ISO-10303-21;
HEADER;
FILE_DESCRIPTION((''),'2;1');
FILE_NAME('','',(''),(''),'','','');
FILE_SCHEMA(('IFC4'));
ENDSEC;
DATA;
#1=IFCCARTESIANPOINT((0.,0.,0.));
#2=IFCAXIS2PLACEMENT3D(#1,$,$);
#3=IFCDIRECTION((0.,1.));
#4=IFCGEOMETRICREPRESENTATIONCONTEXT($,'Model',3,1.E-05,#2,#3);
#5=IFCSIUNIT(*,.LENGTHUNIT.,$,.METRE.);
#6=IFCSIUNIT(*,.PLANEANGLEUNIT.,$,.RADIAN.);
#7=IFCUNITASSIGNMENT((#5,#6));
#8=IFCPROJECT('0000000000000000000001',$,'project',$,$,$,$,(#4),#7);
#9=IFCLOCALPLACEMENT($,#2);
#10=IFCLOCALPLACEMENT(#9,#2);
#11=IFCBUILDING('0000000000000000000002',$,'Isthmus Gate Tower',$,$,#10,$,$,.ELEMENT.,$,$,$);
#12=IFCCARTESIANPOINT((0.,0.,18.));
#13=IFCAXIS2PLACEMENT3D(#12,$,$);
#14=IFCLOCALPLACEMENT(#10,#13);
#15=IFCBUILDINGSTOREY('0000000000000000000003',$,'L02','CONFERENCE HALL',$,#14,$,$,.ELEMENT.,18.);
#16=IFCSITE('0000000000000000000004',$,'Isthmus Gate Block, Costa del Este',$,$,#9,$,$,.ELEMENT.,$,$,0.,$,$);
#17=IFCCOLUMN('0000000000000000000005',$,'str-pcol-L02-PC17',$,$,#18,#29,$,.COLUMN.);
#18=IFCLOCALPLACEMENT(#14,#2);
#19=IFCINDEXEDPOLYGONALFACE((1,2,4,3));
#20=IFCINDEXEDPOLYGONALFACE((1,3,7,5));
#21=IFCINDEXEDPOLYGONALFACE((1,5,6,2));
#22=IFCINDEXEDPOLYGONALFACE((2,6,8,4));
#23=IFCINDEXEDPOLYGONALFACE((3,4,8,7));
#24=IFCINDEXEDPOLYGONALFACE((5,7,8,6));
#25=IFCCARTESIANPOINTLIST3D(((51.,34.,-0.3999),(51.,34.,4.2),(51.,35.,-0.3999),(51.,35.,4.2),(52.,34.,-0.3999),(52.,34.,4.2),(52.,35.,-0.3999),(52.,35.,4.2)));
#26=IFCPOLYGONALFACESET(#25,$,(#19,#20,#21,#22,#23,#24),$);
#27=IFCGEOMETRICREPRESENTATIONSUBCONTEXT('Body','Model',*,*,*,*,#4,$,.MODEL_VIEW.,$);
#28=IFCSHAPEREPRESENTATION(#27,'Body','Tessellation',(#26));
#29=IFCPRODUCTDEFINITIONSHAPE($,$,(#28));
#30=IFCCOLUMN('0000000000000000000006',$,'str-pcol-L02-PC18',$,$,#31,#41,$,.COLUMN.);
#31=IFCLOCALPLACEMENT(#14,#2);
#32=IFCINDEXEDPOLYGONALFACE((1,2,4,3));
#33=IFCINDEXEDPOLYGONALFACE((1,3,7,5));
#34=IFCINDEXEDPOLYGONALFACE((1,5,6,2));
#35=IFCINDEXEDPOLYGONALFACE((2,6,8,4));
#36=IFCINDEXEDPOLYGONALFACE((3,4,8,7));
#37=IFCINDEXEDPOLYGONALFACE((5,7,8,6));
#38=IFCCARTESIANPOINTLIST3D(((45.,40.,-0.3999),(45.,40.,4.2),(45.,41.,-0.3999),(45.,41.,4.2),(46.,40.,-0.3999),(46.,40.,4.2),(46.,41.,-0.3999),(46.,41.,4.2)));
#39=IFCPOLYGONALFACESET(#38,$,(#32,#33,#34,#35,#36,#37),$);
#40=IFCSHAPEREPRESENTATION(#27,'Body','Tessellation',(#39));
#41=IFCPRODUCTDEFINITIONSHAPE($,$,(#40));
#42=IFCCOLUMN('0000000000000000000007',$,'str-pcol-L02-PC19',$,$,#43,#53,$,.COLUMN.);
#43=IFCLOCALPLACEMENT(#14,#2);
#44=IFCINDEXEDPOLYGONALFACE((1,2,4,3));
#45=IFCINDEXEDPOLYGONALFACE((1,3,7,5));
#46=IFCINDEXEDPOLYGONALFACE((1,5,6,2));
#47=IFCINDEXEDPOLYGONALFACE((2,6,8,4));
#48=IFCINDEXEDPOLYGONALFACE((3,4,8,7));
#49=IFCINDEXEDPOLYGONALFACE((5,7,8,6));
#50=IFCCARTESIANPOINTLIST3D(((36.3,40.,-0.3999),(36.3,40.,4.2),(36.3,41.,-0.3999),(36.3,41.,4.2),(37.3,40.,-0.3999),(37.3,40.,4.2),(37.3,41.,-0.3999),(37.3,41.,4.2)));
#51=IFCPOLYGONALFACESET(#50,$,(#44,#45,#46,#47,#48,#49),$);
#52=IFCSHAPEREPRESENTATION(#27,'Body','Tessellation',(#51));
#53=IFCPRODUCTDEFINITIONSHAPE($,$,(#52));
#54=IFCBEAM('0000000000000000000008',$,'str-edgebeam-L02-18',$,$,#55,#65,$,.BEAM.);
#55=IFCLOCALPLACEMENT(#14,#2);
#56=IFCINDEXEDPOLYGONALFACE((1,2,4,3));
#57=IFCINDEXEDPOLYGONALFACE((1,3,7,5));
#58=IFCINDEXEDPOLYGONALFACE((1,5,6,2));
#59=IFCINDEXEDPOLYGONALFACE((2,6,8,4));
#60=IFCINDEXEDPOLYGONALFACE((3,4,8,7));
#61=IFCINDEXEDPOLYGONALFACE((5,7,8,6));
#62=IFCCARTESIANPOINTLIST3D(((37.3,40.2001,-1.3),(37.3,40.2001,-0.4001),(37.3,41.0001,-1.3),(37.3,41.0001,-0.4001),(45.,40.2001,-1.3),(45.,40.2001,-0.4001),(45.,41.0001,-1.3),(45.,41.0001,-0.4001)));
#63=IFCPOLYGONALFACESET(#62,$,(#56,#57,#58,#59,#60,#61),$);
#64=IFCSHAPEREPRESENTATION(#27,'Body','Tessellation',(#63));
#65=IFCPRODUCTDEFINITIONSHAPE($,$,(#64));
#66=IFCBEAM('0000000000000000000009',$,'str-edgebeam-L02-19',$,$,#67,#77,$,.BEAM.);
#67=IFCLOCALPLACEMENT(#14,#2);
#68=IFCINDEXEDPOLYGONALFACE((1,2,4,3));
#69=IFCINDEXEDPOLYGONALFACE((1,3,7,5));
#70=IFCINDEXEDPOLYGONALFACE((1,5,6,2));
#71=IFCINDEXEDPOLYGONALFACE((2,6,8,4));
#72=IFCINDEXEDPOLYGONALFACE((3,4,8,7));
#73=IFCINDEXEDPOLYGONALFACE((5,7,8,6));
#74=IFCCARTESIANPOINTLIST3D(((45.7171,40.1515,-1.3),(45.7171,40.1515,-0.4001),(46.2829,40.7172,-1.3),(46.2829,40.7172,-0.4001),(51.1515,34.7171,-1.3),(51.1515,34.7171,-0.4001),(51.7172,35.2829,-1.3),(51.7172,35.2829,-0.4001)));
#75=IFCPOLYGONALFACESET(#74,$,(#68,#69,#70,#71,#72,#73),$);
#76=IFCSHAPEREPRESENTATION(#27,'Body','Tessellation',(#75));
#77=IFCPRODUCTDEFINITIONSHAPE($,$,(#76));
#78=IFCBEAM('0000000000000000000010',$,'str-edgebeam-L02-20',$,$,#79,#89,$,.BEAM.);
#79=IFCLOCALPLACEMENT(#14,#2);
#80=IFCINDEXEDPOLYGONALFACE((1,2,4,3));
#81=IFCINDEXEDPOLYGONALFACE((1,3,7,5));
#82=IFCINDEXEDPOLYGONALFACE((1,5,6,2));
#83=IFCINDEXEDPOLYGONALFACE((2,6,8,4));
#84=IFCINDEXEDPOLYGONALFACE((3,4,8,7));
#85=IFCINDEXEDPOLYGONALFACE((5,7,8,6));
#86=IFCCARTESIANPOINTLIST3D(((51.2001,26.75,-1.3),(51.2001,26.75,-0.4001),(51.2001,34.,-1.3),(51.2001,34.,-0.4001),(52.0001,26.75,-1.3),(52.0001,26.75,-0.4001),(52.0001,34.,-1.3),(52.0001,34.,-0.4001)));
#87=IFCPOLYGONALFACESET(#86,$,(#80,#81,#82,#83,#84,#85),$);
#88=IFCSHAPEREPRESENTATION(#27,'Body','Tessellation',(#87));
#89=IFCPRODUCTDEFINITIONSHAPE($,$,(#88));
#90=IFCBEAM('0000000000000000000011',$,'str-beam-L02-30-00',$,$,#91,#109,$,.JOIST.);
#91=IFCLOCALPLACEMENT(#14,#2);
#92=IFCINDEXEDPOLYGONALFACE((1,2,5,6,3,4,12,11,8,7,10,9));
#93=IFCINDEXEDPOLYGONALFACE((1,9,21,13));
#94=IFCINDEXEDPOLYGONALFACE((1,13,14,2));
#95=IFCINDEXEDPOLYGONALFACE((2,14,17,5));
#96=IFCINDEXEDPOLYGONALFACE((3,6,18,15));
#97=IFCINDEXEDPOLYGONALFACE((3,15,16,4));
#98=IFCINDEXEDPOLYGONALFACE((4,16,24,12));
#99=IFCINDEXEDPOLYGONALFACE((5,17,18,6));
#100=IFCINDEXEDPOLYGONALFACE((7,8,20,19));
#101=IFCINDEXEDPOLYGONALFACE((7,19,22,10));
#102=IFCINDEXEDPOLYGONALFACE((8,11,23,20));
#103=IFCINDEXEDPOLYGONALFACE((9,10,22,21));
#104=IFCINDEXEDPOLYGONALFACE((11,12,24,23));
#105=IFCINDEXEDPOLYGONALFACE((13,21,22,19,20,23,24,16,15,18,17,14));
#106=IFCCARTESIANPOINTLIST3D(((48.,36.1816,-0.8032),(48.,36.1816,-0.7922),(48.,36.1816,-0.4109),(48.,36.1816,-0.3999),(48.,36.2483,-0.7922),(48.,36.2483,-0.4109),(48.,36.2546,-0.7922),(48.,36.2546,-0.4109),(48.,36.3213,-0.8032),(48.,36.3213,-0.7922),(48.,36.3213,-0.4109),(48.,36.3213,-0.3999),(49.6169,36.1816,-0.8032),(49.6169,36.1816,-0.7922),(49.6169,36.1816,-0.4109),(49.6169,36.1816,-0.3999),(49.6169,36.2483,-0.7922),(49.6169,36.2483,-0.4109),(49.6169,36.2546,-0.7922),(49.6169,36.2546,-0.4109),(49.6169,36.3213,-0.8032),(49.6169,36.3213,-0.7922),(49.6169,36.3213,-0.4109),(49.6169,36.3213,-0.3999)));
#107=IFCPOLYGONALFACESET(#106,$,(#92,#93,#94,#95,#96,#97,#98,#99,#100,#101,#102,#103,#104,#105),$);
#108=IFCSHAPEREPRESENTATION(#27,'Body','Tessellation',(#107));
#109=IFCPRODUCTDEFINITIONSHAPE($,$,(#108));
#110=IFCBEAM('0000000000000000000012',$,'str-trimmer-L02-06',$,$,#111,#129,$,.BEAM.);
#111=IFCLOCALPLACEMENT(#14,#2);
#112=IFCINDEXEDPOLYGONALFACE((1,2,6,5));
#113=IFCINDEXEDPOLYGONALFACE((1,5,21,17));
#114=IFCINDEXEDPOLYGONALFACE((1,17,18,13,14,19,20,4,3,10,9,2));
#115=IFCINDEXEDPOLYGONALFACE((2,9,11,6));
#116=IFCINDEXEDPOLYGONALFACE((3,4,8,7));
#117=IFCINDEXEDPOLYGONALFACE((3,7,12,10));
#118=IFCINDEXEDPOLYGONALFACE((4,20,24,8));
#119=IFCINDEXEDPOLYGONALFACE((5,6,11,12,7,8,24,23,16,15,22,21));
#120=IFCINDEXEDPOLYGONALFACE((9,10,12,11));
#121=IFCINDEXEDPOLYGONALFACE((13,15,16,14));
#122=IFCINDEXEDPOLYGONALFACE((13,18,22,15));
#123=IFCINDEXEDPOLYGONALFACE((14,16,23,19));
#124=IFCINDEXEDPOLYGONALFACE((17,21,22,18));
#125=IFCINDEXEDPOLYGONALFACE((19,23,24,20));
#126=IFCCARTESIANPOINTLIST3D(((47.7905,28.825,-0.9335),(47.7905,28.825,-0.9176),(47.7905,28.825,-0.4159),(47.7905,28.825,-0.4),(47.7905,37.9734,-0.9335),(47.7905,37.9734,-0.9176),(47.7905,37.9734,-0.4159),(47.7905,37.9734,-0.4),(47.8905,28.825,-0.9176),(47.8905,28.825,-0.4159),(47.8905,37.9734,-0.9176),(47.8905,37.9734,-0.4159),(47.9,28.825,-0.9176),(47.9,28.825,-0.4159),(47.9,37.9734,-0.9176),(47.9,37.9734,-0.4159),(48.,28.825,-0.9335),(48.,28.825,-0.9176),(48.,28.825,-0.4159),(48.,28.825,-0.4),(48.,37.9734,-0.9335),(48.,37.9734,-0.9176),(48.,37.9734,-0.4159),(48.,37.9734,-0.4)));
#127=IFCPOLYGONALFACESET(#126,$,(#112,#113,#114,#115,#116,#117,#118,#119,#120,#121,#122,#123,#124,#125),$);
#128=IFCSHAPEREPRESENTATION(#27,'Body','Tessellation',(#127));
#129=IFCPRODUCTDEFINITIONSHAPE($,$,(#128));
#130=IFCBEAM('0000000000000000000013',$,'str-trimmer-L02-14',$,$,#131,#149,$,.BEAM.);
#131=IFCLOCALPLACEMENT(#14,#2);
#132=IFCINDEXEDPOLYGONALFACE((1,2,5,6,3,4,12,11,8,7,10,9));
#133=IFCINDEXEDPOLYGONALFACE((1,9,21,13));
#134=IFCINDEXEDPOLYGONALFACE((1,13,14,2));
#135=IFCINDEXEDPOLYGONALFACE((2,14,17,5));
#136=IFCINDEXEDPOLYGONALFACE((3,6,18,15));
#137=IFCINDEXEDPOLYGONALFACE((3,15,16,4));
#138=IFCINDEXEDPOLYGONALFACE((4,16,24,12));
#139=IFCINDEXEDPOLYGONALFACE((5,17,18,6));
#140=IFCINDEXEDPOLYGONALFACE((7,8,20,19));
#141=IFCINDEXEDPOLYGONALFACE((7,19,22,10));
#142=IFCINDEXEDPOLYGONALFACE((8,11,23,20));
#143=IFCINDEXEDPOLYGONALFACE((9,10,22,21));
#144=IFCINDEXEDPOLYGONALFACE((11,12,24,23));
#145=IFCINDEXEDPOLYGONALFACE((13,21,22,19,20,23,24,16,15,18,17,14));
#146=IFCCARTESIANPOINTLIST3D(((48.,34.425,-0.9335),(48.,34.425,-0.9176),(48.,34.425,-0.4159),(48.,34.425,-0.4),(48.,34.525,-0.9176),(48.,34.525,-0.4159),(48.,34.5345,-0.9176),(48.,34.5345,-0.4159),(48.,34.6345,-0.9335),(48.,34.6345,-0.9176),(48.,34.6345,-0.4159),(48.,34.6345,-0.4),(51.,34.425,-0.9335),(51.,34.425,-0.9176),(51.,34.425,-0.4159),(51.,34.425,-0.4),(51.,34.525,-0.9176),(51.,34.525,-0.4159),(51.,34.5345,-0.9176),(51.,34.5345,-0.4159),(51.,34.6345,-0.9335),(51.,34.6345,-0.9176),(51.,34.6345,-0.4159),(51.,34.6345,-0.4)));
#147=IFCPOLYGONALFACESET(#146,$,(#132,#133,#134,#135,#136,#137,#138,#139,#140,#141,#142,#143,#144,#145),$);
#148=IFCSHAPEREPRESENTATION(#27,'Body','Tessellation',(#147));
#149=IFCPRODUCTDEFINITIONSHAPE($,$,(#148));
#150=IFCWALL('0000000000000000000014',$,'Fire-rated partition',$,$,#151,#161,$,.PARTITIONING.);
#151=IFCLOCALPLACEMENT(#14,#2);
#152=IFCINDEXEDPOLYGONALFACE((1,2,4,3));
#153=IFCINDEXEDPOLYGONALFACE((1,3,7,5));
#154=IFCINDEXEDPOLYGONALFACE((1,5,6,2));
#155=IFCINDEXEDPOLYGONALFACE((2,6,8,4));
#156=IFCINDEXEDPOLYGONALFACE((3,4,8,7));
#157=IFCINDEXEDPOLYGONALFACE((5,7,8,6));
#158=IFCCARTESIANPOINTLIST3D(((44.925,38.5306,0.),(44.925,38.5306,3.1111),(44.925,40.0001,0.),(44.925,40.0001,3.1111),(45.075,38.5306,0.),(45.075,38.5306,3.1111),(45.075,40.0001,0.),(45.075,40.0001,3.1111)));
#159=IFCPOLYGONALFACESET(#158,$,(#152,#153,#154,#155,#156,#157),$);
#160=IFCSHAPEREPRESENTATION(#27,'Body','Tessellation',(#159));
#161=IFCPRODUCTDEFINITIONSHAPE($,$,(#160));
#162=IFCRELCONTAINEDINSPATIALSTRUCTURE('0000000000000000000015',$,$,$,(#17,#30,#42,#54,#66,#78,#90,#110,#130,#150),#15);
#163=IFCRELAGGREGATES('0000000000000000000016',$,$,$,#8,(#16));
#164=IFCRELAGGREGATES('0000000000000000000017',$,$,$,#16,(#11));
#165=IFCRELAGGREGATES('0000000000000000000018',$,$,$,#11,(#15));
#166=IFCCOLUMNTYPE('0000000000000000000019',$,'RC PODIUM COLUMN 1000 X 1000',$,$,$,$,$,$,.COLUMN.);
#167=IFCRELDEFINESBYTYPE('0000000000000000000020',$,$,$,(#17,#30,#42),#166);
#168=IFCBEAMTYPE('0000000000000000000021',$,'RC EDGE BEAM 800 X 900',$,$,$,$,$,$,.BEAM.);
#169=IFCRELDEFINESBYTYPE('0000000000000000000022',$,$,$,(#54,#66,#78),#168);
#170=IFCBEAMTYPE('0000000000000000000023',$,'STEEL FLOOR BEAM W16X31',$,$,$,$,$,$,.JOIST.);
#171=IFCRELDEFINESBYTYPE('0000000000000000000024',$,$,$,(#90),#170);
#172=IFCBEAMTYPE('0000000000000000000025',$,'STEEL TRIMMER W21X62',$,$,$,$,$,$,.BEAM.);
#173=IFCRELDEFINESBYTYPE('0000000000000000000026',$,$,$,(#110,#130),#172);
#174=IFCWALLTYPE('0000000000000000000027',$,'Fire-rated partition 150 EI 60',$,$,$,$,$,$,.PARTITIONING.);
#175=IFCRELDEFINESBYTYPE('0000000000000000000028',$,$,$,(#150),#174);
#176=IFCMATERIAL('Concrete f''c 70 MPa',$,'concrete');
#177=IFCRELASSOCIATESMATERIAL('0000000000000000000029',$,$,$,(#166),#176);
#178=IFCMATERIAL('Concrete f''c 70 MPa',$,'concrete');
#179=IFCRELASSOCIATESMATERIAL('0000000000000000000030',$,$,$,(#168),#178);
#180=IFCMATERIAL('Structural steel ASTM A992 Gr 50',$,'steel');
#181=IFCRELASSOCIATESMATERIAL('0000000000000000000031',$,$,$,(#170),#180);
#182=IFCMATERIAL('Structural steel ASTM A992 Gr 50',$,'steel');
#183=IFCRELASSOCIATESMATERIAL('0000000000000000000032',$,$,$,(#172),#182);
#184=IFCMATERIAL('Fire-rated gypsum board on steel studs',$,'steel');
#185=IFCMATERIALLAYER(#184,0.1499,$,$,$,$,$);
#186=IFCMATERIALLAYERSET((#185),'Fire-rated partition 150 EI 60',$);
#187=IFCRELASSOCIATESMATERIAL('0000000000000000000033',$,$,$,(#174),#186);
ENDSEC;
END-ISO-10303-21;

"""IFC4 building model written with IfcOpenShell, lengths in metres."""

from ifc_helpers import new_model, si_unit, direction, frame, frame_2d, origin, origin_2d, place, context, subcontext, project, spatial, rectangle, i_section, extrude, material, layer, layer_set, material_profile, profile_set, type_object, element, save


model = new_model("IFC4")

# Units and contexts
model_context = context("Model", 3, precision=1e-05, world=origin(), true_north=direction((0.0, 1.0)))
body_context = subcontext(model_context, "Body", "Model", "MODEL_VIEW")
ifc_project = project(units=[si_unit("LENGTHUNIT", "METRE"), si_unit("PLANEANGLEUNIT", "RADIAN")], contexts=[model_context])

# Site, building, storey
site_placement = place(None, origin())
site = spatial("IfcSite", under=ifc_project, at=site_placement, Name="Isthmus Gate Block, Costa del Este", CompositionType="ELEMENT", RefElevation=0.0)
building_placement = place(site_placement, origin())
building = spatial("IfcBuilding", under=site, at=building_placement, Name="Isthmus Gate Tower", CompositionType="ELEMENT")
storey_placement = place(building_placement, frame((0.0, 0.0, 18.0)))
storey = spatial("IfcBuildingStorey", under=building, at=storey_placement, Name="L02", Description="CONFERENCE HALL", CompositionType="ELEMENT", Elevation=18.0)

# Columns
ifc_material_1 = material(Name="Concrete f'c 70 MPa", Category="concrete")
ifc_material_profile_1 = material_profile(ifc_material_1, rectangle(XDim=1.0, YDim=1.0, at=origin_2d()), Name="RC 1000X1000")
ifc_profile_set_1 = profile_set([ifc_material_profile_1], Name="Concrete f'c 70 MPa")
column_type = type_object("IfcColumnType", Name="RC PODIUM COLUMN 1000 X 1000", PredefinedType="COLUMN", material=ifc_profile_set_1)
for number, where, z_axis, x_axis, name in (
    (1, (51.5, 34.5, -0.3999), (0.0, 0.0, 1.0), (0.0, 1.0, 0.0), "str-pcol-L02-PC17"),
    (2, (45.5, 40.5, -0.3999), (0.0, 0.0, 1.0), (-1.0, 0.0, 0.0), "str-pcol-L02-PC18"),
    (3, (36.8, 40.5, -0.3999), (0.0, 0.0, 1.0), (-1.0, 0.0, 0.0), "str-pcol-L02-PC19"),
):
    element("IfcColumn", number, at=place(storey_placement, frame(where, z_axis=z_axis, x_axis=x_axis)), inside=storey, type_object=column_type, Name=name, PredefinedType="COLUMN", context=body_context, shape_type="SweptSolid", body=[
        extrude(rectangle(XDim=1.0, YDim=1.0, at=origin_2d()), origin(), (0.0, 0.0, 1.0), 4.5999),
    ])

# Beams
ifc_material_2 = material(Name="Concrete f'c 70 MPa", Category="concrete")
ifc_material_profile_2 = material_profile(ifc_material_2, rectangle(XDim=0.8, YDim=0.8999, at=origin_2d()), Name="RC 800X900")
ifc_profile_set_2 = profile_set([ifc_material_profile_2], Name="Concrete f'c 70 MPa")
beam_type_1 = type_object("IfcBeamType", Name="RC EDGE BEAM 800 X 900", PredefinedType="BEAM", material=ifc_profile_set_2)
beam_1_placement = place(storey_placement, frame((37.3, 40.6001, -0.8501), z_axis=(1.0, 0.0, 0.0), x_axis=(0.0, 1.0, 0.0)))
element("IfcBeam", 4, at=beam_1_placement, inside=storey, type_object=beam_type_1, Name="str-edgebeam-L02-18", PredefinedType="BEAM", context=body_context, shape_type="SweptSolid", body=[
    extrude(rectangle(XDim=0.8, YDim=0.8999, at=origin_2d()), origin(), (0.0, 0.0, 1.0), 7.7),
])
beam_2_placement = place(storey_placement, frame((46.0, 40.4343, -0.8501), z_axis=(0.707107, -0.707107, 0.0), x_axis=(0.707107, 0.707107, 0.0)))
element("IfcBeam", 5, at=beam_2_placement, inside=storey, type_object=beam_type_1, Name="str-edgebeam-L02-19", PredefinedType="BEAM", context=body_context, shape_type="SweptSolid", body=[
    extrude(rectangle(XDim=0.8, YDim=0.8999, at=origin_2d()), origin(), (0.0, 0.0, 1.0), 7.6853),
])
beam_3_placement = place(storey_placement, frame((51.6001, 34.0, -0.8501), z_axis=(0.0, -1.0, 0.0), x_axis=(1.0, 0.0, 0.0)))
element("IfcBeam", 6, at=beam_3_placement, inside=storey, type_object=beam_type_1, Name="str-edgebeam-L02-20", PredefinedType="BEAM", context=body_context, shape_type="SweptSolid", body=[
    extrude(rectangle(XDim=0.8, YDim=0.8999, at=origin_2d()), origin(), (0.0, 0.0, 1.0), 7.25),
])
ifc_material_3 = material(Name="Structural steel ASTM A992 Gr 50", Category="steel")
ifc_material_profile_3 = material_profile(ifc_material_3, i_section(OverallWidth=0.1396, OverallDepth=0.4033, WebThickness=0.0063, FlangeThickness=0.011, at=origin_2d()), Name="W16X31")
ifc_profile_set_3 = profile_set([ifc_material_profile_3], Name="Structural steel ASTM A992 Gr 50")
beam_type_2 = type_object("IfcBeamType", Name="STEEL FLOOR BEAM W16X31", PredefinedType="JOIST", material=ifc_profile_set_3)
beam_4_placement = place(storey_placement, frame((48.0, 36.2515, -0.6016), z_axis=(1.0, 0.0, 0.0), x_axis=(0.0, 1.0, 0.0)))
element("IfcBeam", 7, at=beam_4_placement, inside=storey, type_object=beam_type_2, Name="str-beam-L02-30-00", PredefinedType="JOIST", context=body_context, shape_type="SweptSolid", body=[
    extrude(i_section(OverallWidth=0.1396, OverallDepth=0.4033, WebThickness=0.0063, FlangeThickness=0.011, at=origin_2d()), origin(), (0.0, 0.0, 1.0), 1.6169),
])
ifc_material_4 = material(Name="Structural steel ASTM A992 Gr 50", Category="steel")
ifc_material_profile_4 = material_profile(ifc_material_4, i_section(OverallWidth=0.2095, OverallDepth=0.5334, WebThickness=0.0095, FlangeThickness=0.0159, at=origin_2d()), Name="W21X62")
ifc_profile_set_4 = profile_set([ifc_material_profile_4], Name="Structural steel ASTM A992 Gr 50")
beam_type_3 = type_object("IfcBeamType", Name="STEEL TRIMMER W21X62", PredefinedType="BEAM", material=ifc_profile_set_4)
beam_5_placement = place(storey_placement, frame((47.8953, 37.9734, -0.6667), z_axis=(0.0, -1.0, 0.0), x_axis=(1.0, 0.0, 0.0)))
element("IfcBeam", 8, at=beam_5_placement, inside=storey, type_object=beam_type_3, Name="str-trimmer-L02-06", PredefinedType="BEAM", context=body_context, shape_type="SweptSolid", body=[
    extrude(i_section(OverallWidth=0.2095, OverallDepth=0.5334, WebThickness=0.0095, FlangeThickness=0.0159, at=origin_2d()), origin(), (0.0, 0.0, 1.0), 9.1484),
])
beam_6_placement = place(storey_placement, frame((51.0, 34.5298, -0.6667), z_axis=(-1.0, 0.0, 0.0), x_axis=(0.0, -1.0, 0.0)))
element("IfcBeam", 9, at=beam_6_placement, inside=storey, type_object=beam_type_3, Name="str-trimmer-L02-14", PredefinedType="BEAM", context=body_context, shape_type="SweptSolid", body=[
    extrude(i_section(OverallWidth=0.2095, OverallDepth=0.5334, WebThickness=0.0095, FlangeThickness=0.0159, at=origin_2d()), origin(), (0.0, 0.0, 1.0), 3.0),
])

# Wall
ifc_material_5 = material(Name="Fire-rated gypsum board on steel studs", Category="steel")
ifc_layer_1 = layer(ifc_material_5, 0.1499)
ifc_layer_set_1 = layer_set([ifc_layer_1], Name="Fire-rated partition 150 EI 60")
wall_type_1 = type_object("IfcWallType", Name="Fire-rated partition 150 EI 60", PredefinedType="PARTITIONING", material=ifc_layer_set_1)
wall_1_placement = place(storey_placement, frame((45.0, 38.5305, 0.0), z_axis=(0.0, 0.0, 1.0), x_axis=(0.0, 1.0, 0.0)))
element("IfcWall", 10, at=wall_1_placement, inside=storey, type_object=wall_type_1, Name="Fire-rated partition", PredefinedType="PARTITIONING", context=body_context, shape_type="SweptSolid", body=[
    extrude(rectangle(XDim=1.4695, YDim=0.1499, at=frame_2d((0.7349, 0.0))), origin(), (0.0, 0.0, 1.0), 3.1111),
])

save(model, "model.ifc")
